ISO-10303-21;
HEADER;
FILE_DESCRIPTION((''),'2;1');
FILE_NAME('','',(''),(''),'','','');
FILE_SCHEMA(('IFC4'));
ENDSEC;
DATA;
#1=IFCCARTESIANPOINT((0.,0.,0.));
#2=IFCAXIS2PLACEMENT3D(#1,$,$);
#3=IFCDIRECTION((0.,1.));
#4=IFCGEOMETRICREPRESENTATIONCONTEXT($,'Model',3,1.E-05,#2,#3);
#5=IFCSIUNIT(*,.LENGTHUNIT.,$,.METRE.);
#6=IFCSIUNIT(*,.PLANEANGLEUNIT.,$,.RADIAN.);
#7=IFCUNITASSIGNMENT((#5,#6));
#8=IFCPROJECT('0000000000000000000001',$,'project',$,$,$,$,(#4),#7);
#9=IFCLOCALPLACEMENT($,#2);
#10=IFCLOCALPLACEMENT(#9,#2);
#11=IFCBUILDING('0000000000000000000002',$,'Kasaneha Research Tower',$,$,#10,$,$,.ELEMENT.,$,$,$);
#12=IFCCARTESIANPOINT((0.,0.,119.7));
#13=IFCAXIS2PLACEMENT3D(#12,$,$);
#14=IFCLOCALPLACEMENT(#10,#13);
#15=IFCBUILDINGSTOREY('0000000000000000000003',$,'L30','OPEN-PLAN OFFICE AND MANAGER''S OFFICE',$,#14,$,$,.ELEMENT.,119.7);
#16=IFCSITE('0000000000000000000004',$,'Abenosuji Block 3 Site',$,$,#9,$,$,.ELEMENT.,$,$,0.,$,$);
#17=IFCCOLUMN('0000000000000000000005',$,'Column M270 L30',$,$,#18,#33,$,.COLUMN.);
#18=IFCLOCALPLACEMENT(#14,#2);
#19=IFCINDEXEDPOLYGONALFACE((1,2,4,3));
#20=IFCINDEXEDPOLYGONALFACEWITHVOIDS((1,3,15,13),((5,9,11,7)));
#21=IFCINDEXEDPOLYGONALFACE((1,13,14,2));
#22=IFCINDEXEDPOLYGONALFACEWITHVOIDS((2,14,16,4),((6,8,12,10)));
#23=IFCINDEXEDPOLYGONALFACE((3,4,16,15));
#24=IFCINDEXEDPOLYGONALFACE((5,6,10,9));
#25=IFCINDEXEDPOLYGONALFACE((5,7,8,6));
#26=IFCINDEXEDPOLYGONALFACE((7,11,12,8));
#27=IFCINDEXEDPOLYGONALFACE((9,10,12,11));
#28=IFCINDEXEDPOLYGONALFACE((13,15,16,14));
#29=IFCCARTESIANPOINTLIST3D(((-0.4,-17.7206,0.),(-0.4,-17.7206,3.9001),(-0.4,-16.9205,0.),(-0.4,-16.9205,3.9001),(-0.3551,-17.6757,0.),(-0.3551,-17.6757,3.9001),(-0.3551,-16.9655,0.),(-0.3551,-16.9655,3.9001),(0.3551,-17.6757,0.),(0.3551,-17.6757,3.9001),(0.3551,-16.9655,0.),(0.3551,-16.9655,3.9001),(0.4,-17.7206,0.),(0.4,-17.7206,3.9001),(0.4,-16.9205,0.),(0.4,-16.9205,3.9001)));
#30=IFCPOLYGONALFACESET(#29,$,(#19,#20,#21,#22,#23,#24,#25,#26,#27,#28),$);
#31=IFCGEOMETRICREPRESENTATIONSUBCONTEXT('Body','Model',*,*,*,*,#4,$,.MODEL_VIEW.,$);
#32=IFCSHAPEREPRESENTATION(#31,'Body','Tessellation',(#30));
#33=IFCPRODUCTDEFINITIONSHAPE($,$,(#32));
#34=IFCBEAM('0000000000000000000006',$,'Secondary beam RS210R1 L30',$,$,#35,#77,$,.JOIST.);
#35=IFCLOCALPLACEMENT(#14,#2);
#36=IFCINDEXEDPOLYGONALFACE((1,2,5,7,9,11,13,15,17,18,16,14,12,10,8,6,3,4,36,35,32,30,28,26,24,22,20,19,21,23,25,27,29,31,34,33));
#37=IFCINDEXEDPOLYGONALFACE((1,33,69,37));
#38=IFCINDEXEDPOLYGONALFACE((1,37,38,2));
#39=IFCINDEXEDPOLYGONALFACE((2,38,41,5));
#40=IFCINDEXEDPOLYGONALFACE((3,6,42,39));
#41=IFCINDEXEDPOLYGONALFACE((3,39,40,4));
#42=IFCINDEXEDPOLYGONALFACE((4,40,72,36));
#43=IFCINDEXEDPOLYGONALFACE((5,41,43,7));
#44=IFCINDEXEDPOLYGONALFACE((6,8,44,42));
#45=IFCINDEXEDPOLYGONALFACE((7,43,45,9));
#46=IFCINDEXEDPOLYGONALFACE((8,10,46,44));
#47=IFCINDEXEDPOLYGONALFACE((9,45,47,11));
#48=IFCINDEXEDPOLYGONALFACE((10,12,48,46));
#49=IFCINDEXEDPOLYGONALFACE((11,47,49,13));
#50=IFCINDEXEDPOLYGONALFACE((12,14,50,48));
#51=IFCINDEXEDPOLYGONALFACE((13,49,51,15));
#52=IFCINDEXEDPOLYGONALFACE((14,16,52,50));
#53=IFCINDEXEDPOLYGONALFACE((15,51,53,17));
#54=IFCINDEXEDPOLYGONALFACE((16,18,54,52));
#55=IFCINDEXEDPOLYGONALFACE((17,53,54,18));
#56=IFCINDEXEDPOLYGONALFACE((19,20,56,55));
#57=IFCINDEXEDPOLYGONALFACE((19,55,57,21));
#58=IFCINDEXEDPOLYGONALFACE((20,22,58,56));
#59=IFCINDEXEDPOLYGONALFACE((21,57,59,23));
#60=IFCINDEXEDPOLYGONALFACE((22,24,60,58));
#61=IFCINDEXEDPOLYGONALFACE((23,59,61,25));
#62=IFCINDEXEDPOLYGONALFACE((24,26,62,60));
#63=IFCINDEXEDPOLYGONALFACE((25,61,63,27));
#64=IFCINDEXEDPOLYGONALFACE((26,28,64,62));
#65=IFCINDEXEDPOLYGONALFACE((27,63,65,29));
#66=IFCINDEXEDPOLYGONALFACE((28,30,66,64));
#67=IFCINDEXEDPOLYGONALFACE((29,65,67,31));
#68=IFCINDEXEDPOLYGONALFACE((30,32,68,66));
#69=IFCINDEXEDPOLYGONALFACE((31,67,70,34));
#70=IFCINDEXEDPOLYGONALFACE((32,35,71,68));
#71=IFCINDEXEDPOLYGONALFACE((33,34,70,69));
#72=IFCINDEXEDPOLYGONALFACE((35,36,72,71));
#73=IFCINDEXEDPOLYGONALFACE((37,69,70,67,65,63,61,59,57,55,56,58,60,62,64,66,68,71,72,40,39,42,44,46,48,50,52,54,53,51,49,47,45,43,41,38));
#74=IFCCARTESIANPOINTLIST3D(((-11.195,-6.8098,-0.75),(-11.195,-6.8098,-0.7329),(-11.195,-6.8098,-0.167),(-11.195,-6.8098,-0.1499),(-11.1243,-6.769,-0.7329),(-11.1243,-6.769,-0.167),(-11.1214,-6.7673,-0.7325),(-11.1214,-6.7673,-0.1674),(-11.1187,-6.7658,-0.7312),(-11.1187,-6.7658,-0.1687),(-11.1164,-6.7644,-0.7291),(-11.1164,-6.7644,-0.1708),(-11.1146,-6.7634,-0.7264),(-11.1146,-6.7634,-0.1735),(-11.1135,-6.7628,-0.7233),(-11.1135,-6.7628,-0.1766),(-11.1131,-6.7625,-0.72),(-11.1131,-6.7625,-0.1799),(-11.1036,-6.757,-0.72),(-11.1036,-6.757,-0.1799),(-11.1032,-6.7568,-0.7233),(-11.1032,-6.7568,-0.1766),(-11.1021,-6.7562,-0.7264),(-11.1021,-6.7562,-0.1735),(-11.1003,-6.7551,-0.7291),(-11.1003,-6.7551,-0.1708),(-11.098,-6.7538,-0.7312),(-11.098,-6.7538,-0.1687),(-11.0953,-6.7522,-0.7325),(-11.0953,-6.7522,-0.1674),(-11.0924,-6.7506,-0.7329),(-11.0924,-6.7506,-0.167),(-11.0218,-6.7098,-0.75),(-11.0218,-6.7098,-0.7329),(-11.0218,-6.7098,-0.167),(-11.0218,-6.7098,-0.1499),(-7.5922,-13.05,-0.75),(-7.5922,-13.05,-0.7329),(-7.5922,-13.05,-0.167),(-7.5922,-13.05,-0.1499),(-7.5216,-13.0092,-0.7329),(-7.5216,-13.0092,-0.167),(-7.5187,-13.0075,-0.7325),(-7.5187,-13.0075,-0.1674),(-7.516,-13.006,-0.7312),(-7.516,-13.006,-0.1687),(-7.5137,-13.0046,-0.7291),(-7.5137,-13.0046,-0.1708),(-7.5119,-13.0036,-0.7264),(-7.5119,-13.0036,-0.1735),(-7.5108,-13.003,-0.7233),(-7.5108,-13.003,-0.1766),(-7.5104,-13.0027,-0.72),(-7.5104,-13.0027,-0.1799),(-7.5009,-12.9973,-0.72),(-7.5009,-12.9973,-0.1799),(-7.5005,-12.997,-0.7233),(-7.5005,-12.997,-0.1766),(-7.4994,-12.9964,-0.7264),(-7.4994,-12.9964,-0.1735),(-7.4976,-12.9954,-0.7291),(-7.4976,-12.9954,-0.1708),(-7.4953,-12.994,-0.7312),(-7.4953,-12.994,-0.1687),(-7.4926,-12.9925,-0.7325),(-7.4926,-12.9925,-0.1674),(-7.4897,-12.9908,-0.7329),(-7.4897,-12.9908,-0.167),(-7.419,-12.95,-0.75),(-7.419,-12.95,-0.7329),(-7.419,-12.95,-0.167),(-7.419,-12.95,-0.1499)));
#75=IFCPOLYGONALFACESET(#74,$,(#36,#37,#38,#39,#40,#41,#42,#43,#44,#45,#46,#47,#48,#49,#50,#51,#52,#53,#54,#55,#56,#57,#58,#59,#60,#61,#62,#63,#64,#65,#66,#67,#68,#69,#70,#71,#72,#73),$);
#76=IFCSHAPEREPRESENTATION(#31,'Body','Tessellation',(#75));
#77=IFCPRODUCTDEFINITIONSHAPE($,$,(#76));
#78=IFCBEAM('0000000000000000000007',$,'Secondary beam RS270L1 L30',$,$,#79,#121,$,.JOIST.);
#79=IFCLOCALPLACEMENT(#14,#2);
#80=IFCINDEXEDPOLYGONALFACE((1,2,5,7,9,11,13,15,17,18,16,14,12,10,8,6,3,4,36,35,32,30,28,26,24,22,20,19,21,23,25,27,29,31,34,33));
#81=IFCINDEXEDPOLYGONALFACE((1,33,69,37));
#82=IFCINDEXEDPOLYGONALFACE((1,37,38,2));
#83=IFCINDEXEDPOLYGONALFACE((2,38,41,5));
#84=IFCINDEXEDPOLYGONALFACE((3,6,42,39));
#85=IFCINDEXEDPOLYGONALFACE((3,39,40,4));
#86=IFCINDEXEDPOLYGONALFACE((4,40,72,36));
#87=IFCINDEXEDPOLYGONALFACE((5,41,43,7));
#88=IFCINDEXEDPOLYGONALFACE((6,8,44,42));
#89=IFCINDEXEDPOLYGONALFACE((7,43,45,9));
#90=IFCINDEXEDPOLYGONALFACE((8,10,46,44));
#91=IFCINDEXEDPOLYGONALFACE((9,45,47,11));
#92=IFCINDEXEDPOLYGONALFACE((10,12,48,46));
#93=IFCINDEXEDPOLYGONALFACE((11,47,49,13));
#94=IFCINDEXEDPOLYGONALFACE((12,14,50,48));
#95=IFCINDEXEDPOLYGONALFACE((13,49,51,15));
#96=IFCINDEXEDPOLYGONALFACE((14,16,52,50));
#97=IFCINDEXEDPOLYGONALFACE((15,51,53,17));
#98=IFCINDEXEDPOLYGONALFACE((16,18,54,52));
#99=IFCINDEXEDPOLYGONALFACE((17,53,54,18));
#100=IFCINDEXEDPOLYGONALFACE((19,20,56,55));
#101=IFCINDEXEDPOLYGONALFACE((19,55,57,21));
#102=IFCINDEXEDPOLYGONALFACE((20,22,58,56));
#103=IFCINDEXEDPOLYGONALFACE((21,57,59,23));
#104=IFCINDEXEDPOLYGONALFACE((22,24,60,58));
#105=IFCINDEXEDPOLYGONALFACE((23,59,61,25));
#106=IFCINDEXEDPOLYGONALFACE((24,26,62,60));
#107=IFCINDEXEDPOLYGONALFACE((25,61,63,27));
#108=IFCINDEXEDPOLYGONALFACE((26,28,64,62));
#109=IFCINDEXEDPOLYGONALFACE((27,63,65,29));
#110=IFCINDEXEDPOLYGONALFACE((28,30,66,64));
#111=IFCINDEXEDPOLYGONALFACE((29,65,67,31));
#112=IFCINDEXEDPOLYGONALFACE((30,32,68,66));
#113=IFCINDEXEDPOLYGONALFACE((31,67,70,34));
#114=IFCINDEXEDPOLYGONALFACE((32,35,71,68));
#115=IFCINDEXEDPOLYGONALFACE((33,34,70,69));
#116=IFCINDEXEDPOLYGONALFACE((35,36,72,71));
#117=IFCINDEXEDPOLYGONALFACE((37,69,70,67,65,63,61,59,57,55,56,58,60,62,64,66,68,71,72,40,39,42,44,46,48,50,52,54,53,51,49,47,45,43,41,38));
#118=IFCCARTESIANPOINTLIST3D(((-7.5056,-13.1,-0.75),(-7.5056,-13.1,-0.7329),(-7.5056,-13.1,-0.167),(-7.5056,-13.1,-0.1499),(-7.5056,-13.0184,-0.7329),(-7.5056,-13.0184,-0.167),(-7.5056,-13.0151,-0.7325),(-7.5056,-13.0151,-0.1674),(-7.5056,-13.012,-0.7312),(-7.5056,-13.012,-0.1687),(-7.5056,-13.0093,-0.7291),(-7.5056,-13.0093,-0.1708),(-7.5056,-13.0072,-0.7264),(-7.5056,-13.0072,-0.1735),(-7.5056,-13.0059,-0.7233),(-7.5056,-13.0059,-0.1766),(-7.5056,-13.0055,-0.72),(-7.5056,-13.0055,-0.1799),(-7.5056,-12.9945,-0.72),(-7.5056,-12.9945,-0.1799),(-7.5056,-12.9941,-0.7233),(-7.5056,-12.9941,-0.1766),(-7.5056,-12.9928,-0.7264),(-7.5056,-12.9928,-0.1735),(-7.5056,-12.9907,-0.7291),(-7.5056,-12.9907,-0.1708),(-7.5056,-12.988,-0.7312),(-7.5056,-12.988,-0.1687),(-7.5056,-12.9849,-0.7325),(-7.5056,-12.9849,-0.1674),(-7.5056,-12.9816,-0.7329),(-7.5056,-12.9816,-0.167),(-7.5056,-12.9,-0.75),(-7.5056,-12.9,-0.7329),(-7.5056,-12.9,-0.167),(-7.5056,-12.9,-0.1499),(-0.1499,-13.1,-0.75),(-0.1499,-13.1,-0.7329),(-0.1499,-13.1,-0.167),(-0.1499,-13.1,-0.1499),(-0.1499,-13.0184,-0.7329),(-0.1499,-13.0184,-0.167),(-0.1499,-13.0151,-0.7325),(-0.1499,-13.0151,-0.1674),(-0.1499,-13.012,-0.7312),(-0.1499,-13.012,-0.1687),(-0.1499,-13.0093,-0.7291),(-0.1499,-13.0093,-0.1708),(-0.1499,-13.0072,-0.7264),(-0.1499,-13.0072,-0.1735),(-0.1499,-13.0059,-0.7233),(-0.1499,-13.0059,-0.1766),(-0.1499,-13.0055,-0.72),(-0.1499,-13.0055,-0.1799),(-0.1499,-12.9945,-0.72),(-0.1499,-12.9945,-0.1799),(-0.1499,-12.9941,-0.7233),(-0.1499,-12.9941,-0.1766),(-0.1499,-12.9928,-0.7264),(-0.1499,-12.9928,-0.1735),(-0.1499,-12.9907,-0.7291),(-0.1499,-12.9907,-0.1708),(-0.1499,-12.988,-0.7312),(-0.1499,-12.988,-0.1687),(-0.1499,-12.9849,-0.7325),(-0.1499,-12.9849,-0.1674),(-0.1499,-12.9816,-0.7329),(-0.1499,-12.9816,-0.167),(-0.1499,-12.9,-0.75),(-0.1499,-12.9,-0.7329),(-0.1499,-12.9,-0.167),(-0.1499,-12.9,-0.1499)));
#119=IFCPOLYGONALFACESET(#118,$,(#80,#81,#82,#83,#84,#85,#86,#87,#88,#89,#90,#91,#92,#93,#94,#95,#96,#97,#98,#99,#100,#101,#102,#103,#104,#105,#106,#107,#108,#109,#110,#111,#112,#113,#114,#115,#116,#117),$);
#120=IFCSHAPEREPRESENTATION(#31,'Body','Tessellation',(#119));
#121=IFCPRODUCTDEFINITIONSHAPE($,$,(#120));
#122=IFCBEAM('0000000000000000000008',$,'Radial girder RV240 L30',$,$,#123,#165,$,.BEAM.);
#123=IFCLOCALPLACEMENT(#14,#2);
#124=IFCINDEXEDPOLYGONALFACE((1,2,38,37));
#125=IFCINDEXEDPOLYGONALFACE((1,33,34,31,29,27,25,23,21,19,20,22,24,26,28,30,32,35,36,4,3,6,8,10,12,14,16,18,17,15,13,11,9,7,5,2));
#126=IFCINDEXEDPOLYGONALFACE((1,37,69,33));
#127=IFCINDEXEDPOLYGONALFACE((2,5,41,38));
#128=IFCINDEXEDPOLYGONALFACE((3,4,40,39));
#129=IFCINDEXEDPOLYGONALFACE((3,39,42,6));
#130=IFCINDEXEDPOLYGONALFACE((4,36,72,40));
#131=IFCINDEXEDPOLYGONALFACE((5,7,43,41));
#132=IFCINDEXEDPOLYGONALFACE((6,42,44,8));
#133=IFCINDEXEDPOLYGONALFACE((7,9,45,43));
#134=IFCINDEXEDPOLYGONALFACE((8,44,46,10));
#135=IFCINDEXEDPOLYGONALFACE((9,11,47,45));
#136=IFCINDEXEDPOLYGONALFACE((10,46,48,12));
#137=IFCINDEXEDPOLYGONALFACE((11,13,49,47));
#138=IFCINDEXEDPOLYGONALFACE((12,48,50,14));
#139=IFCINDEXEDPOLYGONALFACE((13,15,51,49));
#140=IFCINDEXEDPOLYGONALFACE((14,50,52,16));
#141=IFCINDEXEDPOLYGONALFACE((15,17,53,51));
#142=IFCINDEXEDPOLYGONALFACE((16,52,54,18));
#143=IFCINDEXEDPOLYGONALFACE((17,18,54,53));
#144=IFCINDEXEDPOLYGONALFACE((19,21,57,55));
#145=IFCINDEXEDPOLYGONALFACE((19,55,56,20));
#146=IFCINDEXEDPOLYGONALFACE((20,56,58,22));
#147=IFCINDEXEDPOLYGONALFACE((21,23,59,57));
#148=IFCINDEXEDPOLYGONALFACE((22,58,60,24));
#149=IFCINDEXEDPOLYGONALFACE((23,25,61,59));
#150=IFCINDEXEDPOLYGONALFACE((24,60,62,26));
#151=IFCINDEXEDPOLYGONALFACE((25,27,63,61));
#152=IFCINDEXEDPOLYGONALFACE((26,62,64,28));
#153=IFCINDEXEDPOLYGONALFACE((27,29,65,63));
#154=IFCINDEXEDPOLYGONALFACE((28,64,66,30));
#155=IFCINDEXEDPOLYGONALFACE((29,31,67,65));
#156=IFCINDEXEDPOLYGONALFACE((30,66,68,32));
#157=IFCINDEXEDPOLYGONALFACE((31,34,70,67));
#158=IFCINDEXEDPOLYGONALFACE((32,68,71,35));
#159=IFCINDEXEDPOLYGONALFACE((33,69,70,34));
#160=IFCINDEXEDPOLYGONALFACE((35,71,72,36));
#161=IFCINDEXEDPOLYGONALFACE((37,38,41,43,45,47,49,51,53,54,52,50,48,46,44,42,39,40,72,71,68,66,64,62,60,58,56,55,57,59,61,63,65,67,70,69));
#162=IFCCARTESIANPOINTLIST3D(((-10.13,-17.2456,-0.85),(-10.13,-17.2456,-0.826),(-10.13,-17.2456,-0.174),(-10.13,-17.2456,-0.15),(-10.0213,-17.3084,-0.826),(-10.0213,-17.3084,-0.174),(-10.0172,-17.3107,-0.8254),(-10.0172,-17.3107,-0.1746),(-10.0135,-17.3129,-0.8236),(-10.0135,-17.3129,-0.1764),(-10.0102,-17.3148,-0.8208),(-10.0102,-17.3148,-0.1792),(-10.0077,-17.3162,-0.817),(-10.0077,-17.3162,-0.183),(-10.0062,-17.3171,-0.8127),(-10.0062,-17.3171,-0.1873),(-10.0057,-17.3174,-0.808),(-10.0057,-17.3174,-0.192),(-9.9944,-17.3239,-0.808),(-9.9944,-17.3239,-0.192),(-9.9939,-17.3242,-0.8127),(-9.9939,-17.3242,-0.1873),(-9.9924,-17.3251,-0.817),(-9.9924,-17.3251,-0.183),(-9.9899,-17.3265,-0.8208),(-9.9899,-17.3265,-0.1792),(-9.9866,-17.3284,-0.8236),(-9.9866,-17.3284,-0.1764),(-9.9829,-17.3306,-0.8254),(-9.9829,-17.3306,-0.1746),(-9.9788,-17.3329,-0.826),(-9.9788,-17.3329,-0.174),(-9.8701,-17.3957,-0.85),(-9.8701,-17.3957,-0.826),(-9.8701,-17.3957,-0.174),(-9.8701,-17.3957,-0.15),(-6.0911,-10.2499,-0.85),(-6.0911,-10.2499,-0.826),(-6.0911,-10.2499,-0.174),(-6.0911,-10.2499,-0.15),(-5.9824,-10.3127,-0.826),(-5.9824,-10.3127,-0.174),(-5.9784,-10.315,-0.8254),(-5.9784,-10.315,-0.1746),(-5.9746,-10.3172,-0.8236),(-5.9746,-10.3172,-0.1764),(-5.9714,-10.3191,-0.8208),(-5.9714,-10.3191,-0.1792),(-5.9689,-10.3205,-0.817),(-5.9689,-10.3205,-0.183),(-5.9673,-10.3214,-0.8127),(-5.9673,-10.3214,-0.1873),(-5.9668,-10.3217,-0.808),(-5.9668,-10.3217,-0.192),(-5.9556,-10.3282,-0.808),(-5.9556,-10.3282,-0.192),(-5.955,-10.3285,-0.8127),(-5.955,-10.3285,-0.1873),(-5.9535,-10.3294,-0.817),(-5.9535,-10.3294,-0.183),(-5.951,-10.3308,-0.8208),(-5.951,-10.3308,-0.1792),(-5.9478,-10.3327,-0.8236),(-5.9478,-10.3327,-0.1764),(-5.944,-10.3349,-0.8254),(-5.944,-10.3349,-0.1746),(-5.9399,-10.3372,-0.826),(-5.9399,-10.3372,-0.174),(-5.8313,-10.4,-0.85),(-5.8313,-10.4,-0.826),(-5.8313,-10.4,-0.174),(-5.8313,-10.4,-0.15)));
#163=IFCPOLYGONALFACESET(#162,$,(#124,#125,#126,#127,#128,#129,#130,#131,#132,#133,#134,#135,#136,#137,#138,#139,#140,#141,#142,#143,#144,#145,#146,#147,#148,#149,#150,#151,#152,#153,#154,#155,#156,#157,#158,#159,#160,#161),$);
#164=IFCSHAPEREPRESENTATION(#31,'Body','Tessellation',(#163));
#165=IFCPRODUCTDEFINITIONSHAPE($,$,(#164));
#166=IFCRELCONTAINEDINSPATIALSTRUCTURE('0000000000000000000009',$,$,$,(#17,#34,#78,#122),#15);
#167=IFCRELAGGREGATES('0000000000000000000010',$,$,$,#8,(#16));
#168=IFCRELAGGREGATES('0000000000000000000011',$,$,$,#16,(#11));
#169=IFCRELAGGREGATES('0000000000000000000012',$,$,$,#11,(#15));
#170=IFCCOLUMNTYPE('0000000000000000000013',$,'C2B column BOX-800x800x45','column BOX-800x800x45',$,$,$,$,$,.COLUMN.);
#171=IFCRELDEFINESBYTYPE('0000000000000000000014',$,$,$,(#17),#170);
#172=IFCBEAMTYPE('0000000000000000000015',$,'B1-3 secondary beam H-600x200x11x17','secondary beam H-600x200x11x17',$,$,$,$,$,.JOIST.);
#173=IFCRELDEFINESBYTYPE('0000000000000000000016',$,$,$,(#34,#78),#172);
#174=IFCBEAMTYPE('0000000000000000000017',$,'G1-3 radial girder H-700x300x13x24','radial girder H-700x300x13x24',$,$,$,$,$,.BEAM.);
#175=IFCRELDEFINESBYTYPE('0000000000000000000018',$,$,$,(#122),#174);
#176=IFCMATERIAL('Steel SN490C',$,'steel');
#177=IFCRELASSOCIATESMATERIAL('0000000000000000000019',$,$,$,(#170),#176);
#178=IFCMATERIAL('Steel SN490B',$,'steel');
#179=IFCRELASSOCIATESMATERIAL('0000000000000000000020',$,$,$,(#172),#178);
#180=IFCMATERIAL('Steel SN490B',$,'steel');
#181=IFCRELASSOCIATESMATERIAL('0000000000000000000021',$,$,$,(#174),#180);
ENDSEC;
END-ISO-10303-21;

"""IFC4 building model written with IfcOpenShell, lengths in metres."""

from ifc_helpers import new_model, si_unit, direction, frame, origin, origin_2d, place, context, subcontext, project, spatial, hollow_rectangle, i_section, extrude, material, material_profile, profile_set, type_object, element, save


model = new_model("IFC4")

# Units and contexts
model_context = context("Model", 3, precision=1e-05, world=origin(), true_north=direction((0.0, 1.0)))
body_context = subcontext(model_context, "Body", "Model", "MODEL_VIEW")
ifc_project = project(units=[si_unit("LENGTHUNIT", "METRE"), si_unit("PLANEANGLEUNIT", "RADIAN")], contexts=[model_context])

# Site, building, storey
site_placement = place(None, origin())
site = spatial("IfcSite", under=ifc_project, at=site_placement, Name="Abenosuji Block 3 Site", CompositionType="ELEMENT", RefElevation=0.0)
building_placement = place(site_placement, origin())
building = spatial("IfcBuilding", under=site, at=building_placement, Name="Kasaneha Research Tower", CompositionType="ELEMENT")
storey_placement = place(building_placement, frame((0.0, 0.0, 119.7)))
storey = spatial("IfcBuildingStorey", under=building, at=storey_placement, Name="L30", Description="OPEN-PLAN OFFICE AND MANAGER'S OFFICE", CompositionType="ELEMENT", Elevation=119.7)

# Column
ifc_material_1 = material(Name="Steel SN490C", Category="steel")
ifc_material_profile_1 = material_profile(ifc_material_1, hollow_rectangle(XDim=0.8, YDim=0.8, WallThickness=0.0449, at=origin_2d()), Name="BOX-800x800x45")
ifc_profile_set_1 = profile_set([ifc_material_profile_1], Name="Steel SN490C")
column_type = type_object("IfcColumnType", Name="C2B column BOX-800x800x45", Description="column BOX-800x800x45", PredefinedType="COLUMN", material=ifc_profile_set_1)
column_placement = place(storey_placement, frame((0.0, -17.3206, 0.0), z_axis=(0.0, 0.0, 1.0), x_axis=(1.0, 0.0, 0.0)))
element("IfcColumn", 1, at=column_placement, inside=storey, type_object=column_type, Name="Column M270 L30", PredefinedType="COLUMN", context=body_context, shape_type="SweptSolid", body=[
    extrude(hollow_rectangle(XDim=0.8, YDim=0.8, WallThickness=0.0449, at=origin_2d()), origin(), (0.0, 0.0, 1.0), 3.9001),
])

# Beams
ifc_material_2 = material(Name="Steel SN490B", Category="steel")
ifc_material_profile_2 = material_profile(ifc_material_2, i_section(OverallWidth=0.2, OverallDepth=0.6001, WebThickness=0.011, FlangeThickness=0.0171, FilletRadius=0.0129, at=origin_2d()), Name="H-600x200x11x17")
ifc_profile_set_2 = profile_set([ifc_material_profile_2], Name="Steel SN490B")
beam_type_1 = type_object("IfcBeamType", Name="B1-3 secondary beam H-600x200x11x17", Description="secondary beam H-600x200x11x17", PredefinedType="JOIST", material=ifc_profile_set_2)
beam_1_placement = place(storey_placement, frame((-7.5056, -13.0, -0.45), z_axis=(-0.499998, 0.866026, 0.0), x_axis=(-0.866026, -0.499998, 0.0)))
element("IfcBeam", 2, at=beam_1_placement, inside=storey, type_object=beam_type_1, Name="Secondary beam RS210R1 L30", PredefinedType="JOIST", context=body_context, shape_type="SweptSolid", body=[
    extrude(i_section(OverallWidth=0.2, OverallDepth=0.6001, WebThickness=0.011, FlangeThickness=0.0171, FilletRadius=0.0129, at=origin_2d()), origin(), (0.0, 0.0, 1.0), 7.2056),
])
beam_2_placement = place(storey_placement, frame((-7.5056, -13.0, -0.45), z_axis=(1.0, 0.0, 0.0), x_axis=(0.0, 1.0, 0.0)))
element("IfcBeam", 3, at=beam_2_placement, inside=storey, type_object=beam_type_1, Name="Secondary beam RS270L1 L30", PredefinedType="JOIST", context=body_context, shape_type="SweptSolid", body=[
    extrude(i_section(OverallWidth=0.2, OverallDepth=0.6001, WebThickness=0.011, FlangeThickness=0.0171, FilletRadius=0.0129, at=origin_2d()), origin(), (0.0, 0.0, 1.0), 7.3557),
])
ifc_material_3 = material(Name="Steel SN490B", Category="steel")
ifc_material_profile_3 = material_profile(ifc_material_3, i_section(OverallWidth=0.3, OverallDepth=0.7, WebThickness=0.0129, FlangeThickness=0.0239, FilletRadius=0.0181, at=origin_2d()), Name="H-700x300x13x24")
ifc_profile_set_3 = profile_set([ifc_material_profile_3], Name="Steel SN490B")
beam_type_2 = type_object("IfcBeamType", Name="G1-3 radial girder H-700x300x13x24", Description="radial girder H-700x300x13x24", PredefinedType="BEAM", material=ifc_profile_set_3)
beam_3_placement = place(storey_placement, frame((-5.9612, -10.325, -0.5), z_axis=(-0.499991, -0.866031, 0.0), x_axis=(0.866031, -0.499991, 0.0)))
element("IfcBeam", 4, at=beam_3_placement, inside=storey, type_object=beam_type_2, Name="Radial girder RV240 L30", PredefinedType="BEAM", context=body_context, shape_type="SweptSolid", body=[
    extrude(i_section(OverallWidth=0.3, OverallDepth=0.7, WebThickness=0.0129, FlangeThickness=0.0239, FilletRadius=0.0181, at=origin_2d()), origin(), (0.0, 0.0, 1.0), 8.0779),
])

save(model, "model.ifc")
